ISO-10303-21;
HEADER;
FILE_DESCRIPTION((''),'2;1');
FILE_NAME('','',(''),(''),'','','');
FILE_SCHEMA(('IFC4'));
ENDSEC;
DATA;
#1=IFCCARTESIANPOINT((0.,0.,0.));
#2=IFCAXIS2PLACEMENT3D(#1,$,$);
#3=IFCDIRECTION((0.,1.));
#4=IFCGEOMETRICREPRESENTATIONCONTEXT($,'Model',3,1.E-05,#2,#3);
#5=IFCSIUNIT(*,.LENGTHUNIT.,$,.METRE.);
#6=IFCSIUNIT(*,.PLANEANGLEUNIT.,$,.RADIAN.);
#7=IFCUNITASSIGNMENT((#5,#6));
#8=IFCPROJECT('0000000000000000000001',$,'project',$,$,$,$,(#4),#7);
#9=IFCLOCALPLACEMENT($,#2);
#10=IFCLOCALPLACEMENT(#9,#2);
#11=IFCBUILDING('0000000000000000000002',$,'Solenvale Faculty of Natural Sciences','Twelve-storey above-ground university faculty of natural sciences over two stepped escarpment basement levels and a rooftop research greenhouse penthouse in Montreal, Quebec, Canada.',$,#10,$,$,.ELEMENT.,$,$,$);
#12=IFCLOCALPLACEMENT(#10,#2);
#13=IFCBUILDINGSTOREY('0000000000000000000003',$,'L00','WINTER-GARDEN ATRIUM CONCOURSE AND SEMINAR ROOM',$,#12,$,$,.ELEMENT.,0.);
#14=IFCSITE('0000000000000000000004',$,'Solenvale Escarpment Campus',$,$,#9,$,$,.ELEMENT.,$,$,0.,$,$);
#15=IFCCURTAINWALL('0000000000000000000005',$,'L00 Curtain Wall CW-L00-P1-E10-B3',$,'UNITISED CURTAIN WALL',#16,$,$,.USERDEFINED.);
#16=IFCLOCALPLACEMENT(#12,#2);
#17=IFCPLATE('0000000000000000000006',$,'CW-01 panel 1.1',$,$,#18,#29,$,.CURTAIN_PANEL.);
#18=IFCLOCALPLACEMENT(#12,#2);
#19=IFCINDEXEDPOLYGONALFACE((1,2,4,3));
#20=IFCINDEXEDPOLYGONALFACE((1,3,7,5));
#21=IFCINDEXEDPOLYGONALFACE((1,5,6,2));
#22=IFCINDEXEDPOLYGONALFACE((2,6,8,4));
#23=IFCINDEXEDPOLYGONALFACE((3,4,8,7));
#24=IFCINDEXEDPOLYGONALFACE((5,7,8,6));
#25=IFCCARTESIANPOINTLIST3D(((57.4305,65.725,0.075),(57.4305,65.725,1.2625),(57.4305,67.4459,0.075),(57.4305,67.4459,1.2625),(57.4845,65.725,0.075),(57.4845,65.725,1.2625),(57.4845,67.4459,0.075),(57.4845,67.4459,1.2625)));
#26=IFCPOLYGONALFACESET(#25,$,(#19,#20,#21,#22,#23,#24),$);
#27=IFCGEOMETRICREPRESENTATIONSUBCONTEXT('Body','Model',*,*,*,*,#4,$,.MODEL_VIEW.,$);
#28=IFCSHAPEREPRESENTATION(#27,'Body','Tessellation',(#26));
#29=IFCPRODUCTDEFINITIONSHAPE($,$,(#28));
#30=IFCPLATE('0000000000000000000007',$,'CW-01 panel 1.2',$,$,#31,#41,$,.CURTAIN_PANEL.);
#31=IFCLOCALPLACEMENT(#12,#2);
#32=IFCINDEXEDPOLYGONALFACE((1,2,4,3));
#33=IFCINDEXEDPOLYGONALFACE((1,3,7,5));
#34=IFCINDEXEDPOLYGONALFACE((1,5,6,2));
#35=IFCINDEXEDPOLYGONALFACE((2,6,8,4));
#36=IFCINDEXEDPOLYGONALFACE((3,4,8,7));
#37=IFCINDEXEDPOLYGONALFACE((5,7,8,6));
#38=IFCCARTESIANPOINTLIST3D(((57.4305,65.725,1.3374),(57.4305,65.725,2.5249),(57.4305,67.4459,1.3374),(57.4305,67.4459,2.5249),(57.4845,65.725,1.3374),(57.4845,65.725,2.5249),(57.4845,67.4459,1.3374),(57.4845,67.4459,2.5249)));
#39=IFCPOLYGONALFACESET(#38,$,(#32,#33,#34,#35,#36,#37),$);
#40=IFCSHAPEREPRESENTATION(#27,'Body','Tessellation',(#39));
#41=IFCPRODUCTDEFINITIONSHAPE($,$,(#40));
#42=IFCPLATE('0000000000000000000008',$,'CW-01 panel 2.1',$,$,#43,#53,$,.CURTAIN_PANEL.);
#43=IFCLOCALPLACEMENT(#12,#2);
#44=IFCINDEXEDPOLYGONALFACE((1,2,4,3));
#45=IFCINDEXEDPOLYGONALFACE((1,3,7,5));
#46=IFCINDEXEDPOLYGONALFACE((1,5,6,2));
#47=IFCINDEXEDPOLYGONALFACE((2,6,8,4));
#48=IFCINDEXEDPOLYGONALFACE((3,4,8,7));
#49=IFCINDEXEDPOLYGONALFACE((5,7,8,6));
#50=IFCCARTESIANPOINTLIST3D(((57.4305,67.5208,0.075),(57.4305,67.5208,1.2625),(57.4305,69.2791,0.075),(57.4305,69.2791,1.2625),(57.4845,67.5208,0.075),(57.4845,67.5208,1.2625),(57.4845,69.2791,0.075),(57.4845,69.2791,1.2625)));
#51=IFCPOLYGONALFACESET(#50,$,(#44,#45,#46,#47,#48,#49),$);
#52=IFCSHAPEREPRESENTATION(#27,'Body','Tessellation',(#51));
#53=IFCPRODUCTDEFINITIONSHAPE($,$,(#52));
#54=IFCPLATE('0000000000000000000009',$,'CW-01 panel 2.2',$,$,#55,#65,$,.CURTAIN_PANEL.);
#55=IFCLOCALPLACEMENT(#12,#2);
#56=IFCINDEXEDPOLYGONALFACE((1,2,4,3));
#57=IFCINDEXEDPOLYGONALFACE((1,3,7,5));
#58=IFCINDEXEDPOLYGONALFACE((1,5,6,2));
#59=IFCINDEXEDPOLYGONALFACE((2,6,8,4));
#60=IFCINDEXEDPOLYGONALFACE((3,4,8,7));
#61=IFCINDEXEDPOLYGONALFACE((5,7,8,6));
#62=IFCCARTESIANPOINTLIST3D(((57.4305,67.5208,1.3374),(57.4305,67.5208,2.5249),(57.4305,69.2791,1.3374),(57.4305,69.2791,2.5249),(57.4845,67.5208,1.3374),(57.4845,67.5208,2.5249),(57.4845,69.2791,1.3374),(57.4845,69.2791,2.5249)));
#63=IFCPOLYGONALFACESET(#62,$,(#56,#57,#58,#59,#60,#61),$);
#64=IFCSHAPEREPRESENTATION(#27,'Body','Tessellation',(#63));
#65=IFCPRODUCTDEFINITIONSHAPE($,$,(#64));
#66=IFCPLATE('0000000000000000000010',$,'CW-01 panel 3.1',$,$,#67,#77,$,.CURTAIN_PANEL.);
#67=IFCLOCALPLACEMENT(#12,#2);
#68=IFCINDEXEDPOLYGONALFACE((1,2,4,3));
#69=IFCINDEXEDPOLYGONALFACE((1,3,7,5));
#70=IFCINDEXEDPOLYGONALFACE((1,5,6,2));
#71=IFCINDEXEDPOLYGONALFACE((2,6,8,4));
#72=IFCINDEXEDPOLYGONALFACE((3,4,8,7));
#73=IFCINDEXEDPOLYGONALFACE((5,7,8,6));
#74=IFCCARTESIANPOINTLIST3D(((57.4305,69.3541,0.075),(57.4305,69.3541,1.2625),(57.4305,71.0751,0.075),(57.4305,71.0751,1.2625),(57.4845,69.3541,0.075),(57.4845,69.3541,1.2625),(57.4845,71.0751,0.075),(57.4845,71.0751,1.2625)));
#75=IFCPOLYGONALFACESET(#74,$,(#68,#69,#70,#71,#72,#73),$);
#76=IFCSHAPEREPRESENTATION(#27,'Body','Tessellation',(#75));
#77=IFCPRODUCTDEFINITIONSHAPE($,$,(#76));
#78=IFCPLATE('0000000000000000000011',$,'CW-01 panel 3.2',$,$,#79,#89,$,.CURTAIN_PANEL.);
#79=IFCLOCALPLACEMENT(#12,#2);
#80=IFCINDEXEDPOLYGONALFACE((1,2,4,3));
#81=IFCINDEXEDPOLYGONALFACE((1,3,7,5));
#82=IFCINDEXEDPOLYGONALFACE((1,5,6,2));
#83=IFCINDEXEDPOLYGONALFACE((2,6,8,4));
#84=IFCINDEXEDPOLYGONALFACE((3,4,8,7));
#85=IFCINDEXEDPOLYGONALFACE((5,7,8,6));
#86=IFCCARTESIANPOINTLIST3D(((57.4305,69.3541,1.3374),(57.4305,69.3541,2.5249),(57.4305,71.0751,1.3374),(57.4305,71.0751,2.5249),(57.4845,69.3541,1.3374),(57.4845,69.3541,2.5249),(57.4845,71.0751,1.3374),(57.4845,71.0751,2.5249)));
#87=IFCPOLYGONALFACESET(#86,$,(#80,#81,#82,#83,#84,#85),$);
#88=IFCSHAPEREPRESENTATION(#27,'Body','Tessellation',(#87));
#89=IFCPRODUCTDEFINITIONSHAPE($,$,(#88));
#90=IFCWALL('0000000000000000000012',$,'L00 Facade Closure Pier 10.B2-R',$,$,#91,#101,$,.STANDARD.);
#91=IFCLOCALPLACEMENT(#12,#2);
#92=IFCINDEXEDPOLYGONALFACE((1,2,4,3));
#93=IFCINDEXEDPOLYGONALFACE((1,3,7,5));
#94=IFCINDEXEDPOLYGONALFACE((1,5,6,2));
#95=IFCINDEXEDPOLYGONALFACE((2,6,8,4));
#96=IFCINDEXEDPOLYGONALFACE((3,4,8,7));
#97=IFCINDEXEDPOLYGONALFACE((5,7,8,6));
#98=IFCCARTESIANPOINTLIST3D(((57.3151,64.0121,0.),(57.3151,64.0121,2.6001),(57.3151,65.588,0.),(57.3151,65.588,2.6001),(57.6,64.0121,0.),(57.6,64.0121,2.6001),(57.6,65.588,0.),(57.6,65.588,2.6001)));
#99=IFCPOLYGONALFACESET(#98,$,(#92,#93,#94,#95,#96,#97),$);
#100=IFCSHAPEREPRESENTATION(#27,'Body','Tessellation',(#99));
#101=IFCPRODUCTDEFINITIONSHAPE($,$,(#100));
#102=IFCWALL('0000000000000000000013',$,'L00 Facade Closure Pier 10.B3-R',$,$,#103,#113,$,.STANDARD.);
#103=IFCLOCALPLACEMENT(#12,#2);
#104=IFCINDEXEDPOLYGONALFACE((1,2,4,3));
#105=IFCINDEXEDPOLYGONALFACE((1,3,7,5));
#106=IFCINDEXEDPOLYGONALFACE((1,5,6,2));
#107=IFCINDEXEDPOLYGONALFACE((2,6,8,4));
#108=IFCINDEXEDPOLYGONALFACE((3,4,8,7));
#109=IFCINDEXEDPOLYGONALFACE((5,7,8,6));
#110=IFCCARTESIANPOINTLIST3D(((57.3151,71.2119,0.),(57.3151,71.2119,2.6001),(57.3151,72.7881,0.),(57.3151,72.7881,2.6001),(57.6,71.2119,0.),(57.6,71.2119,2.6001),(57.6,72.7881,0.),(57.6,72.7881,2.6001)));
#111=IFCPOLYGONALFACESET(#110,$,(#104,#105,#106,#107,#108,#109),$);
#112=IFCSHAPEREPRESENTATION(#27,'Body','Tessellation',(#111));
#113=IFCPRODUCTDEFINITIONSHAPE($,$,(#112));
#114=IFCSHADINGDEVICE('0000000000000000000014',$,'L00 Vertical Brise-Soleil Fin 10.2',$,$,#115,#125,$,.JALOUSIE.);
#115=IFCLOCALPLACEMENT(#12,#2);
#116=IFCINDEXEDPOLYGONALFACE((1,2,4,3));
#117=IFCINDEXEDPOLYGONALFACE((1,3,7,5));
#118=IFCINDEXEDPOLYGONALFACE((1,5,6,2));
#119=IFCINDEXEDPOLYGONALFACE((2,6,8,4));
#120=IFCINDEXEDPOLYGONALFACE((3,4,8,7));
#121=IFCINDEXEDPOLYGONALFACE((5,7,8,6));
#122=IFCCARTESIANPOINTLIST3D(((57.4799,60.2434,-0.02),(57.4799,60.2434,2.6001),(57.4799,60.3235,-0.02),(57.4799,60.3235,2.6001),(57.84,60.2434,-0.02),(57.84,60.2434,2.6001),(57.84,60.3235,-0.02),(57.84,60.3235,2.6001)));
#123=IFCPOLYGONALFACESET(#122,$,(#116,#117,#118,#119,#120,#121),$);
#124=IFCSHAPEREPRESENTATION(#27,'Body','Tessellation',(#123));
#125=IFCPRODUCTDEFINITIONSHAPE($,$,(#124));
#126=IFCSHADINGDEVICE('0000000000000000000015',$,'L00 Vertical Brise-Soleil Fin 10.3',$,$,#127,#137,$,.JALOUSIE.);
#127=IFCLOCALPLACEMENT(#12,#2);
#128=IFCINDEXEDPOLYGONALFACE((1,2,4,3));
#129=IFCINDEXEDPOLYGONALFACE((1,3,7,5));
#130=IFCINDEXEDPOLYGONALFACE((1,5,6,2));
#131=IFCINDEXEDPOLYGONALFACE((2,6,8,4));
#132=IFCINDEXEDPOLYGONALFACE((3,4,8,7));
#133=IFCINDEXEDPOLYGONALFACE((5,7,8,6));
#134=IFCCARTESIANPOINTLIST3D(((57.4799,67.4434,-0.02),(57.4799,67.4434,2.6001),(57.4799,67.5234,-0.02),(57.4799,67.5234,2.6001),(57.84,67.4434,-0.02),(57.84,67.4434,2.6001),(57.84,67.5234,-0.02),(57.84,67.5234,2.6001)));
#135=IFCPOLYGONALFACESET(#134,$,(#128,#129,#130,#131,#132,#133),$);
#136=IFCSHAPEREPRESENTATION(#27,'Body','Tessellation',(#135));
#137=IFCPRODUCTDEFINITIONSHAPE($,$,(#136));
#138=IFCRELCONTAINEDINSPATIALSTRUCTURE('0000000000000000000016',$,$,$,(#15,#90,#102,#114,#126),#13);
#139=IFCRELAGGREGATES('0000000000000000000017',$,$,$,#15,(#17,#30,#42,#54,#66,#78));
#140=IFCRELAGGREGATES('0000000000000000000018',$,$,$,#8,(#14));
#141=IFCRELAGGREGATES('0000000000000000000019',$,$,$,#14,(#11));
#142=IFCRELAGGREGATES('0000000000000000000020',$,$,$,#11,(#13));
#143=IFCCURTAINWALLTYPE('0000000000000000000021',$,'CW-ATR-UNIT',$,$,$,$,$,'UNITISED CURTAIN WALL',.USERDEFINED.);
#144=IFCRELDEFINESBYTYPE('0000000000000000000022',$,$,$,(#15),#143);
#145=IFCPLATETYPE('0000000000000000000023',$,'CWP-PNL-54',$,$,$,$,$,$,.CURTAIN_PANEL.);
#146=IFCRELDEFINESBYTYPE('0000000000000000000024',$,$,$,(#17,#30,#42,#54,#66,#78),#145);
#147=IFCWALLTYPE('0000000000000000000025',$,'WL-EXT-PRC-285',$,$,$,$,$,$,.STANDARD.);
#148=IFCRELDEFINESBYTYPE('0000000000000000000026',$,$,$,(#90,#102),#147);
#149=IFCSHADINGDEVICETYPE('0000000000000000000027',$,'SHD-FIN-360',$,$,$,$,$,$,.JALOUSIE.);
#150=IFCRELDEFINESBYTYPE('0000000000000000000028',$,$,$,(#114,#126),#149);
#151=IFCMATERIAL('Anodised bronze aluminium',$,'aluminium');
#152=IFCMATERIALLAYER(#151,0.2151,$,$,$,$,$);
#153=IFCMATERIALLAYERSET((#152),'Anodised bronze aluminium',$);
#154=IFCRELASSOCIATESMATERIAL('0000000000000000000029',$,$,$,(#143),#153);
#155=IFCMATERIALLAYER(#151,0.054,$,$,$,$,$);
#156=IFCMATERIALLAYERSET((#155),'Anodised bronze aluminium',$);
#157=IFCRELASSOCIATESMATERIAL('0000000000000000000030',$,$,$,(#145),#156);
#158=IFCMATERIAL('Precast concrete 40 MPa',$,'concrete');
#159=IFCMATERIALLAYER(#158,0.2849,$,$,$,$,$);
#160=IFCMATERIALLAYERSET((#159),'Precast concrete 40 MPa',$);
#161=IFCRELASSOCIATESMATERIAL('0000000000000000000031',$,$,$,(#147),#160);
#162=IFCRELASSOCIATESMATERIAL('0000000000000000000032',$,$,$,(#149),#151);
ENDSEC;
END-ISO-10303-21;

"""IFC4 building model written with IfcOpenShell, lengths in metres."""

from ifc_helpers import new_model, si_unit, direction, frame, frame_2d, origin, origin_2d, place, context, subcontext, project, spatial, rectangle, extrude, material, layer, layer_set, material_profile, profile_set, type_object, element, aggregate, save


model = new_model("IFC4")

# Units and contexts
model_context = context("Model", 3, precision=1e-05, world=origin(), true_north=direction((0.0, 1.0)))
body_context = subcontext(model_context, "Body", "Model", "MODEL_VIEW")
ifc_project = project(units=[si_unit("LENGTHUNIT", "METRE"), si_unit("PLANEANGLEUNIT", "RADIAN")], contexts=[model_context])

# Site, building, storey
site_placement = place(None, origin())
site = spatial("IfcSite", under=ifc_project, at=site_placement, Name="Solenvale Escarpment Campus", CompositionType="ELEMENT", RefElevation=0.0)
building_placement = place(site_placement, origin())
building = spatial("IfcBuilding", under=site, at=building_placement, Name="Solenvale Faculty of Natural Sciences", Description="Twelve-storey above-ground university faculty of natural sciences over two stepped escarpment basement levels and a rooftop research greenhouse penthouse in Montreal, Quebec, Canada.", CompositionType="ELEMENT")
storey_placement = place(building_placement, origin())
storey = spatial("IfcBuildingStorey", under=building, at=storey_placement, Name="L00", Description="WINTER-GARDEN ATRIUM CONCOURSE AND SEMINAR ROOM", CompositionType="ELEMENT", Elevation=0.0)

# Curtain wall
ifc_material_1 = material(Name="Anodised bronze aluminium", Category="aluminium")
ifc_layer_1 = layer(ifc_material_1, 0.2151)
ifc_layer_set_1 = layer_set([ifc_layer_1], Name="Anodised bronze aluminium")
curtain_wall_type = type_object("IfcCurtainWallType", Name="CW-ATR-UNIT", ElementType="UNITISED CURTAIN WALL", PredefinedType="USERDEFINED", material=ifc_layer_set_1)
curtain_wall_1_placement = place(storey_placement, origin())
curtain_wall_1 = element("IfcCurtainWall", 1, at=curtain_wall_1_placement, inside=storey, type_object=curtain_wall_type, Name="L00 Curtain Wall CW-L00-P1-E10-B3", ObjectType="UNITISED CURTAIN WALL", PredefinedType="USERDEFINED")

# Plates
ifc_layer_2 = layer(ifc_material_1, 0.054)
ifc_layer_set_2 = layer_set([ifc_layer_2], Name="Anodised bronze aluminium")
plate_type_1 = type_object("IfcPlateType", Name="CWP-PNL-54", PredefinedType="CURTAIN_PANEL", material=ifc_layer_set_2)
plate_1_placement = place(storey_placement, frame((57.4575, 66.5854, 0.075), z_axis=(0.0, 0.0, 1.0), x_axis=(0.0, 1.0, 0.0)))
plate_1 = element("IfcPlate", 2, at=plate_1_placement, type_object=plate_type_1, Name="CW-01 panel 1.1", PredefinedType="CURTAIN_PANEL", context=body_context, shape_type="SweptSolid", body=[
    extrude(rectangle(XDim=1.7209, YDim=0.054, at=origin_2d()), origin(), (0.0, 0.0, 1.0), 1.1875),
])
plate_2_placement = place(storey_placement, frame((57.4575, 66.5854, 1.3374), z_axis=(0.0, 0.0, 1.0), x_axis=(0.0, 1.0, 0.0)))
plate_2 = element("IfcPlate", 3, at=plate_2_placement, type_object=plate_type_1, Name="CW-01 panel 1.2", PredefinedType="CURTAIN_PANEL", context=body_context, shape_type="SweptSolid", body=[
    extrude(rectangle(XDim=1.7209, YDim=0.054, at=origin_2d()), origin(), (0.0, 0.0, 1.0), 1.1875),
])
plate_3_placement = place(storey_placement, frame((57.4575, 68.3999, 0.075), z_axis=(0.0, 0.0, 1.0), x_axis=(0.0, 1.0, 0.0)))
plate_3 = element("IfcPlate", 4, at=plate_3_placement, type_object=plate_type_1, Name="CW-01 panel 2.1", PredefinedType="CURTAIN_PANEL", context=body_context, shape_type="SweptSolid", body=[
    extrude(rectangle(XDim=1.7583, YDim=0.054, at=origin_2d()), origin(), (0.0, 0.0, 1.0), 1.1875),
])
plate_4_placement = place(storey_placement, frame((57.4575, 68.3999, 1.3374), z_axis=(0.0, 0.0, 1.0), x_axis=(0.0, 1.0, 0.0)))
plate_4 = element("IfcPlate", 5, at=plate_4_placement, type_object=plate_type_1, Name="CW-01 panel 2.2", PredefinedType="CURTAIN_PANEL", context=body_context, shape_type="SweptSolid", body=[
    extrude(rectangle(XDim=1.7583, YDim=0.054, at=origin_2d()), origin(), (0.0, 0.0, 1.0), 1.1875),
])
plate_5_placement = place(storey_placement, frame((57.4575, 70.2146, 0.075), z_axis=(0.0, 0.0, 1.0), x_axis=(0.0, 1.0, 0.0)))
plate_5 = element("IfcPlate", 6, at=plate_5_placement, type_object=plate_type_1, Name="CW-01 panel 3.1", PredefinedType="CURTAIN_PANEL", context=body_context, shape_type="SweptSolid", body=[
    extrude(rectangle(XDim=1.7209, YDim=0.054, at=origin_2d()), origin(), (0.0, 0.0, 1.0), 1.1875),
])
plate_6_placement = place(storey_placement, frame((57.4575, 70.2146, 1.3374), z_axis=(0.0, 0.0, 1.0), x_axis=(0.0, 1.0, 0.0)))
plate_6 = element("IfcPlate", 7, at=plate_6_placement, type_object=plate_type_1, Name="CW-01 panel 3.2", PredefinedType="CURTAIN_PANEL", context=body_context, shape_type="SweptSolid", body=[
    extrude(rectangle(XDim=1.7209, YDim=0.054, at=origin_2d()), origin(), (0.0, 0.0, 1.0), 1.1875),
])
aggregate(curtain_wall_1, [plate_1, plate_2, plate_3, plate_4, plate_5, plate_6])

# Walls
ifc_material_2 = material(Name="Precast concrete 40 MPa", Category="concrete")
ifc_layer_3 = layer(ifc_material_2, 0.2849)
ifc_layer_set_3 = layer_set([ifc_layer_3], Name="Precast concrete 40 MPa")
wall_type = type_object("IfcWallType", Name="WL-EXT-PRC-285", PredefinedType="STANDARD", material=ifc_layer_set_3)
wall_1_placement = place(storey_placement, frame((57.4575, 64.012, 0.0), z_axis=(0.0, 0.0, 1.0), x_axis=(0.0, 1.0, 0.0)))
element("IfcWall", 8, at=wall_1_placement, inside=storey, type_object=wall_type, Name="L00 Facade Closure Pier 10.B2-R", PredefinedType="STANDARD", context=body_context, shape_type="SweptSolid", body=[
    extrude(rectangle(XDim=1.5759, YDim=0.2849, at=frame_2d((0.7881, 0.0))), origin(), (0.0, 0.0, 1.0), 2.6001),
])
wall_2_placement = place(storey_placement, frame((57.4575, 71.2119, 0.0), z_axis=(0.0, 0.0, 1.0), x_axis=(0.0, 1.0, 0.0)))
element("IfcWall", 9, at=wall_2_placement, inside=storey, type_object=wall_type, Name="L00 Facade Closure Pier 10.B3-R", PredefinedType="STANDARD", context=body_context, shape_type="SweptSolid", body=[
    extrude(rectangle(XDim=1.5762, YDim=0.2849, at=frame_2d((0.7881, 0.0))), origin(), (0.0, 0.0, 1.0), 2.6001),
])

# Shading devices
ifc_material_profile_1 = material_profile(ifc_material_1, rectangle(XDim=0.0801, YDim=0.3601, at=origin_2d()), Name="ALU-FIN-80x360")
ifc_profile_set_1 = profile_set([ifc_material_profile_1], Name="Anodised bronze aluminium")
shading_device_type = type_object("IfcShadingDeviceType", Name="SHD-FIN-360", PredefinedType="JALOUSIE", material=ifc_profile_set_1)
for number, where, z_axis, x_axis, name in (
    (10, (57.6599, 60.2834, -0.02), (0.0, 0.0, 1.0), (0.0, 1.0, 0.0), "L00 Vertical Brise-Soleil Fin 10.2"),
    (11, (57.6599, 67.4834, -0.02), (0.0, 0.0, 1.0), (0.0, 1.0, 0.0), "L00 Vertical Brise-Soleil Fin 10.3"),
):
    element("IfcShadingDevice", number, at=place(storey_placement, frame(where, z_axis=z_axis, x_axis=x_axis)), inside=storey, type_object=shading_device_type, Name=name, PredefinedType="JALOUSIE", context=body_context, shape_type="SweptSolid", body=[
        extrude(rectangle(XDim=0.0801, YDim=0.3601, at=origin_2d()), origin(), (0.0, 0.0, 1.0), 2.6201),
    ])

save(model, "model.ifc")
